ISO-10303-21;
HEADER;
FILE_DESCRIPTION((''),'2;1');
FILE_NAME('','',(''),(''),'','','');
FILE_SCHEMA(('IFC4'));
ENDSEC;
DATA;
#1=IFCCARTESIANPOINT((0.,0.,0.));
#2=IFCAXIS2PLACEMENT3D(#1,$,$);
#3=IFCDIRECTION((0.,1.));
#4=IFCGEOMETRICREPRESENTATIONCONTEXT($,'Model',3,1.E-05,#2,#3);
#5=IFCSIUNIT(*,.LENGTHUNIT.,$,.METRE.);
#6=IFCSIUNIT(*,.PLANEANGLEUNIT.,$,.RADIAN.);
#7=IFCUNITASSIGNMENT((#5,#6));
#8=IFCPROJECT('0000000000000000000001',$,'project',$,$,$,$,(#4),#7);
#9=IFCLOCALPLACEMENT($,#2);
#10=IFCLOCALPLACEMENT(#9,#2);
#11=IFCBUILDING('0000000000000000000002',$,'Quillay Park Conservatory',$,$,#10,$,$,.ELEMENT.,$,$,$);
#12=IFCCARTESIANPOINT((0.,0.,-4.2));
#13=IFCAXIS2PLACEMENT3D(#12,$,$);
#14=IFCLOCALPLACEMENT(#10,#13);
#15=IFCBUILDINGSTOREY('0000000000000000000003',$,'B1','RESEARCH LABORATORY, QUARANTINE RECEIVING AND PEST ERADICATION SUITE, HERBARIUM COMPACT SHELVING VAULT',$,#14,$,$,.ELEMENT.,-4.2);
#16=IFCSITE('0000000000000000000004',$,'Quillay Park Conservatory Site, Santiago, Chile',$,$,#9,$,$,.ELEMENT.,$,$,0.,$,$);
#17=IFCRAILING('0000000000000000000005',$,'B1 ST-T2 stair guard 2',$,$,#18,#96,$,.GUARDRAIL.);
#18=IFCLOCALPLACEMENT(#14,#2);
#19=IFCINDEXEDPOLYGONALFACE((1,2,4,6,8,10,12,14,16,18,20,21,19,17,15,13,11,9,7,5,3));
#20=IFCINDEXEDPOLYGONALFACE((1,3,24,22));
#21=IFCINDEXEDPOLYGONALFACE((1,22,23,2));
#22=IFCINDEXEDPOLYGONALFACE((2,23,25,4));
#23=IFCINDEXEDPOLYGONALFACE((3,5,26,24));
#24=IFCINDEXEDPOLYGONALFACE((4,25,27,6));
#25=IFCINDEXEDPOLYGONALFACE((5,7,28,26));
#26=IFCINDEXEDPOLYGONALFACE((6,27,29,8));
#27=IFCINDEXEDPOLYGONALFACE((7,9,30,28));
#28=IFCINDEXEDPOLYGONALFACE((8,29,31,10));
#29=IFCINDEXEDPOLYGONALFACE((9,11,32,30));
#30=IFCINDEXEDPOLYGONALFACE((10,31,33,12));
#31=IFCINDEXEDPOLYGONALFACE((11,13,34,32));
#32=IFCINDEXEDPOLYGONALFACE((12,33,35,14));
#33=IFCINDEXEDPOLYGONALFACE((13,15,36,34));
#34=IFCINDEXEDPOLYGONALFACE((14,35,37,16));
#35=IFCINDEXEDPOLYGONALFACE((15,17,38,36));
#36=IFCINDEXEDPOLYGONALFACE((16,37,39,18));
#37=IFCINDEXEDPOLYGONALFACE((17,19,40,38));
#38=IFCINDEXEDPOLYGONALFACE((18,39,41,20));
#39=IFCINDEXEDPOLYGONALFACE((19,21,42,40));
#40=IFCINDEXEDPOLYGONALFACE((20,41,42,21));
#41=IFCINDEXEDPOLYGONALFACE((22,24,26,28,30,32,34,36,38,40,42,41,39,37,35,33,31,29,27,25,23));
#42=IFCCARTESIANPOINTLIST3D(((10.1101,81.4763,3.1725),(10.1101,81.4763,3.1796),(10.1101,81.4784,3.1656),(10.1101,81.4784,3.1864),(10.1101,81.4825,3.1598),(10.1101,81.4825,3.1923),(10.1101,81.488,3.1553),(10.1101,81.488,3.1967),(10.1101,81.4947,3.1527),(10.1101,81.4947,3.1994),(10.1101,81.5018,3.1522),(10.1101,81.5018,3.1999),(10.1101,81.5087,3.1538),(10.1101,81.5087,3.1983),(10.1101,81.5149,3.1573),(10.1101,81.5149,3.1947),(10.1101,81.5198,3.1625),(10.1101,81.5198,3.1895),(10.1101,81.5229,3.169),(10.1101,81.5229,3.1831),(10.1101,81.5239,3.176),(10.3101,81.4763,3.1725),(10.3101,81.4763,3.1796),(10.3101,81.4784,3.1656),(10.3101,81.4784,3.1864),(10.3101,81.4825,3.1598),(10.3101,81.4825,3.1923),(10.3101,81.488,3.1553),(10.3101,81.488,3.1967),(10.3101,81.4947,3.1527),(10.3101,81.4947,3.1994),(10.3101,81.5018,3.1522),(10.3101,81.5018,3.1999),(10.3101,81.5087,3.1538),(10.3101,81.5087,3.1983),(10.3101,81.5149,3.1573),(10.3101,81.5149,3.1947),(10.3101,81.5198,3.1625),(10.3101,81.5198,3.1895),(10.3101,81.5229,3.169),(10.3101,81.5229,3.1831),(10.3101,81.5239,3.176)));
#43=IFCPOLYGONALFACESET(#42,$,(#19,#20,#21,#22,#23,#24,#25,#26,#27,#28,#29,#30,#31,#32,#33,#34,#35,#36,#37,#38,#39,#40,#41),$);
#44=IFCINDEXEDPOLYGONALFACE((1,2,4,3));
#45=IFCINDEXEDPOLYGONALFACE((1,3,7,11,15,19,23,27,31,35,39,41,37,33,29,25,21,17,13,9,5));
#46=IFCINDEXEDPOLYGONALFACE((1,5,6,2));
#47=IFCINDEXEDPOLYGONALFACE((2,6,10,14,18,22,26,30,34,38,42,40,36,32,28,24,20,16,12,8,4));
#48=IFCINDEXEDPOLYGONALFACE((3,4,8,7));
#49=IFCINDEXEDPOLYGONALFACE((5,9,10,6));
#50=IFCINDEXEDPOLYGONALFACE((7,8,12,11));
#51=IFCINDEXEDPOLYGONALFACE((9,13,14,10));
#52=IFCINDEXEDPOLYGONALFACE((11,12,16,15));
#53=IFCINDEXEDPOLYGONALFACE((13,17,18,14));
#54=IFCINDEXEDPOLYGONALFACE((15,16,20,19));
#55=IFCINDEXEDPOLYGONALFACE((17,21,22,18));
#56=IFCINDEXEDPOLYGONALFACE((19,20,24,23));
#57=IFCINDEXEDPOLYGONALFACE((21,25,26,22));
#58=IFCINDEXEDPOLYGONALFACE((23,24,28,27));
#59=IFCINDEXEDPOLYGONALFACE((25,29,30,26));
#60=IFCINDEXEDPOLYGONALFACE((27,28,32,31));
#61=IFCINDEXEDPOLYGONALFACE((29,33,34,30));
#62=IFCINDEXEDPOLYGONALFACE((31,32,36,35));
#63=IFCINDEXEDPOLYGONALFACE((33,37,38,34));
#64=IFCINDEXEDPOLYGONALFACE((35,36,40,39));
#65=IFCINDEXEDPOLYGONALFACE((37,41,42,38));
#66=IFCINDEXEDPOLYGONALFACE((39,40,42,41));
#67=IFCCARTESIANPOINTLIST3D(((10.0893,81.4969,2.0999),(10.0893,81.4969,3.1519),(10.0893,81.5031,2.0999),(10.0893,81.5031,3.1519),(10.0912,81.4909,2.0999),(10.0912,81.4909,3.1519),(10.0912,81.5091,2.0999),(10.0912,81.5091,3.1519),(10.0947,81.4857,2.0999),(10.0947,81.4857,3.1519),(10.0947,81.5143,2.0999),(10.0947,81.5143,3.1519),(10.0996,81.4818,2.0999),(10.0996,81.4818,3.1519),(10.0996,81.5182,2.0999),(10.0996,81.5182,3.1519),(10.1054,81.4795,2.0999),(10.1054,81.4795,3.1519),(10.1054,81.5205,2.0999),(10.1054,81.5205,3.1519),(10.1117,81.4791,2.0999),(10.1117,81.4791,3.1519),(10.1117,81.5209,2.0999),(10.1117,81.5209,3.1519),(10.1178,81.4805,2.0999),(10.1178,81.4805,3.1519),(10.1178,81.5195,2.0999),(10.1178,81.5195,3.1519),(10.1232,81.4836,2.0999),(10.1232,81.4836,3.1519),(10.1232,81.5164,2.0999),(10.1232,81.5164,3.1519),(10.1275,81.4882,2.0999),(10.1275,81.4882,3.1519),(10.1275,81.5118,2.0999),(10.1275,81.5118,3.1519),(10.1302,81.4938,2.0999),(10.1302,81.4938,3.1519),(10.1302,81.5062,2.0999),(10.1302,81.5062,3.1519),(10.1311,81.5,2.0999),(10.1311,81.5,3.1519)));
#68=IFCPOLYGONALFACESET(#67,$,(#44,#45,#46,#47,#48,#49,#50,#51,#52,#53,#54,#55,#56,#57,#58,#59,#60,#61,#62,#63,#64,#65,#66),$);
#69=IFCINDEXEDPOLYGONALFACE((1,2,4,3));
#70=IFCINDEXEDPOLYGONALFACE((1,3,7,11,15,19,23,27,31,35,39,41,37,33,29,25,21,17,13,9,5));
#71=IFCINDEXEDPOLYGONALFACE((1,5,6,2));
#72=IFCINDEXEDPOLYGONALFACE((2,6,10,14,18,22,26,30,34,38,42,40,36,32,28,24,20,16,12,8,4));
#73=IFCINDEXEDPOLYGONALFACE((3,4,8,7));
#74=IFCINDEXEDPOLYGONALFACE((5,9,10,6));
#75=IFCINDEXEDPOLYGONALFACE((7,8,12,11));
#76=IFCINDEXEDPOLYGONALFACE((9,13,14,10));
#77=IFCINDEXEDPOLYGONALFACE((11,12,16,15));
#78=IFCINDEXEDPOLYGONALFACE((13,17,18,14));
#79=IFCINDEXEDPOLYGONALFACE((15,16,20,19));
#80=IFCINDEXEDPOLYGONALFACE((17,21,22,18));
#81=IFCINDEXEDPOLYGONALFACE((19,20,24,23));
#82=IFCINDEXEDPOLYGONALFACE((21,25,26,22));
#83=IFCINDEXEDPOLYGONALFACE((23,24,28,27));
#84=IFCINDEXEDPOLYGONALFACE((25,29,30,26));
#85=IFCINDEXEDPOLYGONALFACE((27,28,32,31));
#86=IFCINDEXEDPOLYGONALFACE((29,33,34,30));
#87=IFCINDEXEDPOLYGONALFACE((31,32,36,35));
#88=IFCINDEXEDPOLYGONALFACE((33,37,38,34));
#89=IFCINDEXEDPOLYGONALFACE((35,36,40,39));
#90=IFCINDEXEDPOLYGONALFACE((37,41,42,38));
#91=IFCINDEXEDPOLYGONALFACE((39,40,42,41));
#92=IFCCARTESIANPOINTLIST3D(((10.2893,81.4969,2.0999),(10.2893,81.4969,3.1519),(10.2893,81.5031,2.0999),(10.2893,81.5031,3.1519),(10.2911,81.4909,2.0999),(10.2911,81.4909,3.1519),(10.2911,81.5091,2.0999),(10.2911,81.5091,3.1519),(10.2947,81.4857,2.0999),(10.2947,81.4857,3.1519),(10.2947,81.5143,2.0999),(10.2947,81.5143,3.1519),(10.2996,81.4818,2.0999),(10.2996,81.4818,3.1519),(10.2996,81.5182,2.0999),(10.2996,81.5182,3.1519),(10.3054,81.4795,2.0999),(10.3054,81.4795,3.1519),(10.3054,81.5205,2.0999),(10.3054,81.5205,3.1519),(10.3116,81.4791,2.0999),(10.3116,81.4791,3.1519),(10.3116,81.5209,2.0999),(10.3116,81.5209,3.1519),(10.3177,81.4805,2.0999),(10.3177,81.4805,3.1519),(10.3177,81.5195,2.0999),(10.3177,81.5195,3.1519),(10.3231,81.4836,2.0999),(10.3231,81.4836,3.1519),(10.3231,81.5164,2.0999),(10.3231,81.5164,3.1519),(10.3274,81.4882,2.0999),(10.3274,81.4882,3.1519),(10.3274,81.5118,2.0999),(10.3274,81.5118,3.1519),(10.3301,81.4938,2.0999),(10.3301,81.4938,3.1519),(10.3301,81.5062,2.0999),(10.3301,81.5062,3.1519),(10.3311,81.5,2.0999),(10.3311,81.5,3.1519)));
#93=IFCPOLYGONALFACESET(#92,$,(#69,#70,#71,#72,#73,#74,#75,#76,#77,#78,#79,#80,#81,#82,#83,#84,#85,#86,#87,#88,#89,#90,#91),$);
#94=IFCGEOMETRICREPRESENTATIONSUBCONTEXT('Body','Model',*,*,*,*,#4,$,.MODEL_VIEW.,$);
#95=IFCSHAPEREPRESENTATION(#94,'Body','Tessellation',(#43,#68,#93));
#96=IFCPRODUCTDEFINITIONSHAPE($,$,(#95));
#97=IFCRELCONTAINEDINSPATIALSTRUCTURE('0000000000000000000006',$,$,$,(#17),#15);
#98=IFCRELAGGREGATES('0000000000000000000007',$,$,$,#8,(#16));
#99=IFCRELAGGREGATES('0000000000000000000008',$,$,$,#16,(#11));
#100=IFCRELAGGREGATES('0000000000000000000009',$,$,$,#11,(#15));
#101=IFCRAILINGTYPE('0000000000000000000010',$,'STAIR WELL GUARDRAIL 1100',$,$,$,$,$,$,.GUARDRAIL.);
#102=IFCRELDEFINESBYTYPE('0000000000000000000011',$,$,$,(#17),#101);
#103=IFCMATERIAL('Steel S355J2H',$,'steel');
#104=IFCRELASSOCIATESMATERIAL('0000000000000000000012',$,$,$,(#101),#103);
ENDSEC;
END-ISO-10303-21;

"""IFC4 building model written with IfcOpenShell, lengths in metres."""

from ifc_helpers import new_model, si_unit, direction, frame, origin, origin_2d, place, context, subcontext, project, spatial, circle, extrude, material, type_object, element, save


model = new_model("IFC4")

# Units and contexts
model_context = context("Model", 3, precision=1e-05, world=origin(), true_north=direction((0.0, 1.0)))
body_context = subcontext(model_context, "Body", "Model", "MODEL_VIEW")
ifc_project = project(units=[si_unit("LENGTHUNIT", "METRE"), si_unit("PLANEANGLEUNIT", "RADIAN")], contexts=[model_context])

# Site, building, storey
site_placement = place(None, origin())
site = spatial("IfcSite", under=ifc_project, at=site_placement, Name="Quillay Park Conservatory Site, Santiago, Chile", CompositionType="ELEMENT", RefElevation=0.0)
building_placement = place(site_placement, origin())
building = spatial("IfcBuilding", under=site, at=building_placement, Name="Quillay Park Conservatory", CompositionType="ELEMENT")
storey_placement = place(building_placement, frame((0.0, 0.0, -4.2)))
storey = spatial("IfcBuildingStorey", under=building, at=storey_placement, Name="B1", Description="RESEARCH LABORATORY, QUARANTINE RECEIVING AND PEST ERADICATION SUITE, HERBARIUM COMPACT SHELVING VAULT", CompositionType="ELEMENT", Elevation=-4.2)

# Railing
ifc_material_1 = material(Name="Steel S355J2H", Category="steel")
railing_type_1 = type_object("IfcRailingType", Name="STAIR WELL GUARDRAIL 1100", PredefinedType="GUARDRAIL", material=ifc_material_1)
railing_1_placement = place(storey_placement, frame((10.1101, 81.5, 2.0999)))
element("IfcRailing", 1, at=railing_1_placement, inside=storey, type_object=railing_type_1, Name="B1 ST-T2 stair guard 2", PredefinedType="GUARDRAIL", context=body_context, shape_type="SweptSolid", body=[
    extrude(circle(Radius=0.0239, at=origin_2d()), frame((0.0, 0.0, 1.0762), z_axis=(1.0, 0.0, 0.0), x_axis=(0.0, 1.0, 0.0)), (0.0, 0.0, 1.0), 0.2),
    extrude(circle(Radius=0.021, at=origin_2d()), origin(), (0.0, 0.0, 1.0), 1.052),
    extrude(circle(Radius=0.021, at=origin_2d()), frame((0.2, 0.0, 0.0)), (0.0, 0.0, 1.0), 1.052),
])

save(model, "model.ifc")
